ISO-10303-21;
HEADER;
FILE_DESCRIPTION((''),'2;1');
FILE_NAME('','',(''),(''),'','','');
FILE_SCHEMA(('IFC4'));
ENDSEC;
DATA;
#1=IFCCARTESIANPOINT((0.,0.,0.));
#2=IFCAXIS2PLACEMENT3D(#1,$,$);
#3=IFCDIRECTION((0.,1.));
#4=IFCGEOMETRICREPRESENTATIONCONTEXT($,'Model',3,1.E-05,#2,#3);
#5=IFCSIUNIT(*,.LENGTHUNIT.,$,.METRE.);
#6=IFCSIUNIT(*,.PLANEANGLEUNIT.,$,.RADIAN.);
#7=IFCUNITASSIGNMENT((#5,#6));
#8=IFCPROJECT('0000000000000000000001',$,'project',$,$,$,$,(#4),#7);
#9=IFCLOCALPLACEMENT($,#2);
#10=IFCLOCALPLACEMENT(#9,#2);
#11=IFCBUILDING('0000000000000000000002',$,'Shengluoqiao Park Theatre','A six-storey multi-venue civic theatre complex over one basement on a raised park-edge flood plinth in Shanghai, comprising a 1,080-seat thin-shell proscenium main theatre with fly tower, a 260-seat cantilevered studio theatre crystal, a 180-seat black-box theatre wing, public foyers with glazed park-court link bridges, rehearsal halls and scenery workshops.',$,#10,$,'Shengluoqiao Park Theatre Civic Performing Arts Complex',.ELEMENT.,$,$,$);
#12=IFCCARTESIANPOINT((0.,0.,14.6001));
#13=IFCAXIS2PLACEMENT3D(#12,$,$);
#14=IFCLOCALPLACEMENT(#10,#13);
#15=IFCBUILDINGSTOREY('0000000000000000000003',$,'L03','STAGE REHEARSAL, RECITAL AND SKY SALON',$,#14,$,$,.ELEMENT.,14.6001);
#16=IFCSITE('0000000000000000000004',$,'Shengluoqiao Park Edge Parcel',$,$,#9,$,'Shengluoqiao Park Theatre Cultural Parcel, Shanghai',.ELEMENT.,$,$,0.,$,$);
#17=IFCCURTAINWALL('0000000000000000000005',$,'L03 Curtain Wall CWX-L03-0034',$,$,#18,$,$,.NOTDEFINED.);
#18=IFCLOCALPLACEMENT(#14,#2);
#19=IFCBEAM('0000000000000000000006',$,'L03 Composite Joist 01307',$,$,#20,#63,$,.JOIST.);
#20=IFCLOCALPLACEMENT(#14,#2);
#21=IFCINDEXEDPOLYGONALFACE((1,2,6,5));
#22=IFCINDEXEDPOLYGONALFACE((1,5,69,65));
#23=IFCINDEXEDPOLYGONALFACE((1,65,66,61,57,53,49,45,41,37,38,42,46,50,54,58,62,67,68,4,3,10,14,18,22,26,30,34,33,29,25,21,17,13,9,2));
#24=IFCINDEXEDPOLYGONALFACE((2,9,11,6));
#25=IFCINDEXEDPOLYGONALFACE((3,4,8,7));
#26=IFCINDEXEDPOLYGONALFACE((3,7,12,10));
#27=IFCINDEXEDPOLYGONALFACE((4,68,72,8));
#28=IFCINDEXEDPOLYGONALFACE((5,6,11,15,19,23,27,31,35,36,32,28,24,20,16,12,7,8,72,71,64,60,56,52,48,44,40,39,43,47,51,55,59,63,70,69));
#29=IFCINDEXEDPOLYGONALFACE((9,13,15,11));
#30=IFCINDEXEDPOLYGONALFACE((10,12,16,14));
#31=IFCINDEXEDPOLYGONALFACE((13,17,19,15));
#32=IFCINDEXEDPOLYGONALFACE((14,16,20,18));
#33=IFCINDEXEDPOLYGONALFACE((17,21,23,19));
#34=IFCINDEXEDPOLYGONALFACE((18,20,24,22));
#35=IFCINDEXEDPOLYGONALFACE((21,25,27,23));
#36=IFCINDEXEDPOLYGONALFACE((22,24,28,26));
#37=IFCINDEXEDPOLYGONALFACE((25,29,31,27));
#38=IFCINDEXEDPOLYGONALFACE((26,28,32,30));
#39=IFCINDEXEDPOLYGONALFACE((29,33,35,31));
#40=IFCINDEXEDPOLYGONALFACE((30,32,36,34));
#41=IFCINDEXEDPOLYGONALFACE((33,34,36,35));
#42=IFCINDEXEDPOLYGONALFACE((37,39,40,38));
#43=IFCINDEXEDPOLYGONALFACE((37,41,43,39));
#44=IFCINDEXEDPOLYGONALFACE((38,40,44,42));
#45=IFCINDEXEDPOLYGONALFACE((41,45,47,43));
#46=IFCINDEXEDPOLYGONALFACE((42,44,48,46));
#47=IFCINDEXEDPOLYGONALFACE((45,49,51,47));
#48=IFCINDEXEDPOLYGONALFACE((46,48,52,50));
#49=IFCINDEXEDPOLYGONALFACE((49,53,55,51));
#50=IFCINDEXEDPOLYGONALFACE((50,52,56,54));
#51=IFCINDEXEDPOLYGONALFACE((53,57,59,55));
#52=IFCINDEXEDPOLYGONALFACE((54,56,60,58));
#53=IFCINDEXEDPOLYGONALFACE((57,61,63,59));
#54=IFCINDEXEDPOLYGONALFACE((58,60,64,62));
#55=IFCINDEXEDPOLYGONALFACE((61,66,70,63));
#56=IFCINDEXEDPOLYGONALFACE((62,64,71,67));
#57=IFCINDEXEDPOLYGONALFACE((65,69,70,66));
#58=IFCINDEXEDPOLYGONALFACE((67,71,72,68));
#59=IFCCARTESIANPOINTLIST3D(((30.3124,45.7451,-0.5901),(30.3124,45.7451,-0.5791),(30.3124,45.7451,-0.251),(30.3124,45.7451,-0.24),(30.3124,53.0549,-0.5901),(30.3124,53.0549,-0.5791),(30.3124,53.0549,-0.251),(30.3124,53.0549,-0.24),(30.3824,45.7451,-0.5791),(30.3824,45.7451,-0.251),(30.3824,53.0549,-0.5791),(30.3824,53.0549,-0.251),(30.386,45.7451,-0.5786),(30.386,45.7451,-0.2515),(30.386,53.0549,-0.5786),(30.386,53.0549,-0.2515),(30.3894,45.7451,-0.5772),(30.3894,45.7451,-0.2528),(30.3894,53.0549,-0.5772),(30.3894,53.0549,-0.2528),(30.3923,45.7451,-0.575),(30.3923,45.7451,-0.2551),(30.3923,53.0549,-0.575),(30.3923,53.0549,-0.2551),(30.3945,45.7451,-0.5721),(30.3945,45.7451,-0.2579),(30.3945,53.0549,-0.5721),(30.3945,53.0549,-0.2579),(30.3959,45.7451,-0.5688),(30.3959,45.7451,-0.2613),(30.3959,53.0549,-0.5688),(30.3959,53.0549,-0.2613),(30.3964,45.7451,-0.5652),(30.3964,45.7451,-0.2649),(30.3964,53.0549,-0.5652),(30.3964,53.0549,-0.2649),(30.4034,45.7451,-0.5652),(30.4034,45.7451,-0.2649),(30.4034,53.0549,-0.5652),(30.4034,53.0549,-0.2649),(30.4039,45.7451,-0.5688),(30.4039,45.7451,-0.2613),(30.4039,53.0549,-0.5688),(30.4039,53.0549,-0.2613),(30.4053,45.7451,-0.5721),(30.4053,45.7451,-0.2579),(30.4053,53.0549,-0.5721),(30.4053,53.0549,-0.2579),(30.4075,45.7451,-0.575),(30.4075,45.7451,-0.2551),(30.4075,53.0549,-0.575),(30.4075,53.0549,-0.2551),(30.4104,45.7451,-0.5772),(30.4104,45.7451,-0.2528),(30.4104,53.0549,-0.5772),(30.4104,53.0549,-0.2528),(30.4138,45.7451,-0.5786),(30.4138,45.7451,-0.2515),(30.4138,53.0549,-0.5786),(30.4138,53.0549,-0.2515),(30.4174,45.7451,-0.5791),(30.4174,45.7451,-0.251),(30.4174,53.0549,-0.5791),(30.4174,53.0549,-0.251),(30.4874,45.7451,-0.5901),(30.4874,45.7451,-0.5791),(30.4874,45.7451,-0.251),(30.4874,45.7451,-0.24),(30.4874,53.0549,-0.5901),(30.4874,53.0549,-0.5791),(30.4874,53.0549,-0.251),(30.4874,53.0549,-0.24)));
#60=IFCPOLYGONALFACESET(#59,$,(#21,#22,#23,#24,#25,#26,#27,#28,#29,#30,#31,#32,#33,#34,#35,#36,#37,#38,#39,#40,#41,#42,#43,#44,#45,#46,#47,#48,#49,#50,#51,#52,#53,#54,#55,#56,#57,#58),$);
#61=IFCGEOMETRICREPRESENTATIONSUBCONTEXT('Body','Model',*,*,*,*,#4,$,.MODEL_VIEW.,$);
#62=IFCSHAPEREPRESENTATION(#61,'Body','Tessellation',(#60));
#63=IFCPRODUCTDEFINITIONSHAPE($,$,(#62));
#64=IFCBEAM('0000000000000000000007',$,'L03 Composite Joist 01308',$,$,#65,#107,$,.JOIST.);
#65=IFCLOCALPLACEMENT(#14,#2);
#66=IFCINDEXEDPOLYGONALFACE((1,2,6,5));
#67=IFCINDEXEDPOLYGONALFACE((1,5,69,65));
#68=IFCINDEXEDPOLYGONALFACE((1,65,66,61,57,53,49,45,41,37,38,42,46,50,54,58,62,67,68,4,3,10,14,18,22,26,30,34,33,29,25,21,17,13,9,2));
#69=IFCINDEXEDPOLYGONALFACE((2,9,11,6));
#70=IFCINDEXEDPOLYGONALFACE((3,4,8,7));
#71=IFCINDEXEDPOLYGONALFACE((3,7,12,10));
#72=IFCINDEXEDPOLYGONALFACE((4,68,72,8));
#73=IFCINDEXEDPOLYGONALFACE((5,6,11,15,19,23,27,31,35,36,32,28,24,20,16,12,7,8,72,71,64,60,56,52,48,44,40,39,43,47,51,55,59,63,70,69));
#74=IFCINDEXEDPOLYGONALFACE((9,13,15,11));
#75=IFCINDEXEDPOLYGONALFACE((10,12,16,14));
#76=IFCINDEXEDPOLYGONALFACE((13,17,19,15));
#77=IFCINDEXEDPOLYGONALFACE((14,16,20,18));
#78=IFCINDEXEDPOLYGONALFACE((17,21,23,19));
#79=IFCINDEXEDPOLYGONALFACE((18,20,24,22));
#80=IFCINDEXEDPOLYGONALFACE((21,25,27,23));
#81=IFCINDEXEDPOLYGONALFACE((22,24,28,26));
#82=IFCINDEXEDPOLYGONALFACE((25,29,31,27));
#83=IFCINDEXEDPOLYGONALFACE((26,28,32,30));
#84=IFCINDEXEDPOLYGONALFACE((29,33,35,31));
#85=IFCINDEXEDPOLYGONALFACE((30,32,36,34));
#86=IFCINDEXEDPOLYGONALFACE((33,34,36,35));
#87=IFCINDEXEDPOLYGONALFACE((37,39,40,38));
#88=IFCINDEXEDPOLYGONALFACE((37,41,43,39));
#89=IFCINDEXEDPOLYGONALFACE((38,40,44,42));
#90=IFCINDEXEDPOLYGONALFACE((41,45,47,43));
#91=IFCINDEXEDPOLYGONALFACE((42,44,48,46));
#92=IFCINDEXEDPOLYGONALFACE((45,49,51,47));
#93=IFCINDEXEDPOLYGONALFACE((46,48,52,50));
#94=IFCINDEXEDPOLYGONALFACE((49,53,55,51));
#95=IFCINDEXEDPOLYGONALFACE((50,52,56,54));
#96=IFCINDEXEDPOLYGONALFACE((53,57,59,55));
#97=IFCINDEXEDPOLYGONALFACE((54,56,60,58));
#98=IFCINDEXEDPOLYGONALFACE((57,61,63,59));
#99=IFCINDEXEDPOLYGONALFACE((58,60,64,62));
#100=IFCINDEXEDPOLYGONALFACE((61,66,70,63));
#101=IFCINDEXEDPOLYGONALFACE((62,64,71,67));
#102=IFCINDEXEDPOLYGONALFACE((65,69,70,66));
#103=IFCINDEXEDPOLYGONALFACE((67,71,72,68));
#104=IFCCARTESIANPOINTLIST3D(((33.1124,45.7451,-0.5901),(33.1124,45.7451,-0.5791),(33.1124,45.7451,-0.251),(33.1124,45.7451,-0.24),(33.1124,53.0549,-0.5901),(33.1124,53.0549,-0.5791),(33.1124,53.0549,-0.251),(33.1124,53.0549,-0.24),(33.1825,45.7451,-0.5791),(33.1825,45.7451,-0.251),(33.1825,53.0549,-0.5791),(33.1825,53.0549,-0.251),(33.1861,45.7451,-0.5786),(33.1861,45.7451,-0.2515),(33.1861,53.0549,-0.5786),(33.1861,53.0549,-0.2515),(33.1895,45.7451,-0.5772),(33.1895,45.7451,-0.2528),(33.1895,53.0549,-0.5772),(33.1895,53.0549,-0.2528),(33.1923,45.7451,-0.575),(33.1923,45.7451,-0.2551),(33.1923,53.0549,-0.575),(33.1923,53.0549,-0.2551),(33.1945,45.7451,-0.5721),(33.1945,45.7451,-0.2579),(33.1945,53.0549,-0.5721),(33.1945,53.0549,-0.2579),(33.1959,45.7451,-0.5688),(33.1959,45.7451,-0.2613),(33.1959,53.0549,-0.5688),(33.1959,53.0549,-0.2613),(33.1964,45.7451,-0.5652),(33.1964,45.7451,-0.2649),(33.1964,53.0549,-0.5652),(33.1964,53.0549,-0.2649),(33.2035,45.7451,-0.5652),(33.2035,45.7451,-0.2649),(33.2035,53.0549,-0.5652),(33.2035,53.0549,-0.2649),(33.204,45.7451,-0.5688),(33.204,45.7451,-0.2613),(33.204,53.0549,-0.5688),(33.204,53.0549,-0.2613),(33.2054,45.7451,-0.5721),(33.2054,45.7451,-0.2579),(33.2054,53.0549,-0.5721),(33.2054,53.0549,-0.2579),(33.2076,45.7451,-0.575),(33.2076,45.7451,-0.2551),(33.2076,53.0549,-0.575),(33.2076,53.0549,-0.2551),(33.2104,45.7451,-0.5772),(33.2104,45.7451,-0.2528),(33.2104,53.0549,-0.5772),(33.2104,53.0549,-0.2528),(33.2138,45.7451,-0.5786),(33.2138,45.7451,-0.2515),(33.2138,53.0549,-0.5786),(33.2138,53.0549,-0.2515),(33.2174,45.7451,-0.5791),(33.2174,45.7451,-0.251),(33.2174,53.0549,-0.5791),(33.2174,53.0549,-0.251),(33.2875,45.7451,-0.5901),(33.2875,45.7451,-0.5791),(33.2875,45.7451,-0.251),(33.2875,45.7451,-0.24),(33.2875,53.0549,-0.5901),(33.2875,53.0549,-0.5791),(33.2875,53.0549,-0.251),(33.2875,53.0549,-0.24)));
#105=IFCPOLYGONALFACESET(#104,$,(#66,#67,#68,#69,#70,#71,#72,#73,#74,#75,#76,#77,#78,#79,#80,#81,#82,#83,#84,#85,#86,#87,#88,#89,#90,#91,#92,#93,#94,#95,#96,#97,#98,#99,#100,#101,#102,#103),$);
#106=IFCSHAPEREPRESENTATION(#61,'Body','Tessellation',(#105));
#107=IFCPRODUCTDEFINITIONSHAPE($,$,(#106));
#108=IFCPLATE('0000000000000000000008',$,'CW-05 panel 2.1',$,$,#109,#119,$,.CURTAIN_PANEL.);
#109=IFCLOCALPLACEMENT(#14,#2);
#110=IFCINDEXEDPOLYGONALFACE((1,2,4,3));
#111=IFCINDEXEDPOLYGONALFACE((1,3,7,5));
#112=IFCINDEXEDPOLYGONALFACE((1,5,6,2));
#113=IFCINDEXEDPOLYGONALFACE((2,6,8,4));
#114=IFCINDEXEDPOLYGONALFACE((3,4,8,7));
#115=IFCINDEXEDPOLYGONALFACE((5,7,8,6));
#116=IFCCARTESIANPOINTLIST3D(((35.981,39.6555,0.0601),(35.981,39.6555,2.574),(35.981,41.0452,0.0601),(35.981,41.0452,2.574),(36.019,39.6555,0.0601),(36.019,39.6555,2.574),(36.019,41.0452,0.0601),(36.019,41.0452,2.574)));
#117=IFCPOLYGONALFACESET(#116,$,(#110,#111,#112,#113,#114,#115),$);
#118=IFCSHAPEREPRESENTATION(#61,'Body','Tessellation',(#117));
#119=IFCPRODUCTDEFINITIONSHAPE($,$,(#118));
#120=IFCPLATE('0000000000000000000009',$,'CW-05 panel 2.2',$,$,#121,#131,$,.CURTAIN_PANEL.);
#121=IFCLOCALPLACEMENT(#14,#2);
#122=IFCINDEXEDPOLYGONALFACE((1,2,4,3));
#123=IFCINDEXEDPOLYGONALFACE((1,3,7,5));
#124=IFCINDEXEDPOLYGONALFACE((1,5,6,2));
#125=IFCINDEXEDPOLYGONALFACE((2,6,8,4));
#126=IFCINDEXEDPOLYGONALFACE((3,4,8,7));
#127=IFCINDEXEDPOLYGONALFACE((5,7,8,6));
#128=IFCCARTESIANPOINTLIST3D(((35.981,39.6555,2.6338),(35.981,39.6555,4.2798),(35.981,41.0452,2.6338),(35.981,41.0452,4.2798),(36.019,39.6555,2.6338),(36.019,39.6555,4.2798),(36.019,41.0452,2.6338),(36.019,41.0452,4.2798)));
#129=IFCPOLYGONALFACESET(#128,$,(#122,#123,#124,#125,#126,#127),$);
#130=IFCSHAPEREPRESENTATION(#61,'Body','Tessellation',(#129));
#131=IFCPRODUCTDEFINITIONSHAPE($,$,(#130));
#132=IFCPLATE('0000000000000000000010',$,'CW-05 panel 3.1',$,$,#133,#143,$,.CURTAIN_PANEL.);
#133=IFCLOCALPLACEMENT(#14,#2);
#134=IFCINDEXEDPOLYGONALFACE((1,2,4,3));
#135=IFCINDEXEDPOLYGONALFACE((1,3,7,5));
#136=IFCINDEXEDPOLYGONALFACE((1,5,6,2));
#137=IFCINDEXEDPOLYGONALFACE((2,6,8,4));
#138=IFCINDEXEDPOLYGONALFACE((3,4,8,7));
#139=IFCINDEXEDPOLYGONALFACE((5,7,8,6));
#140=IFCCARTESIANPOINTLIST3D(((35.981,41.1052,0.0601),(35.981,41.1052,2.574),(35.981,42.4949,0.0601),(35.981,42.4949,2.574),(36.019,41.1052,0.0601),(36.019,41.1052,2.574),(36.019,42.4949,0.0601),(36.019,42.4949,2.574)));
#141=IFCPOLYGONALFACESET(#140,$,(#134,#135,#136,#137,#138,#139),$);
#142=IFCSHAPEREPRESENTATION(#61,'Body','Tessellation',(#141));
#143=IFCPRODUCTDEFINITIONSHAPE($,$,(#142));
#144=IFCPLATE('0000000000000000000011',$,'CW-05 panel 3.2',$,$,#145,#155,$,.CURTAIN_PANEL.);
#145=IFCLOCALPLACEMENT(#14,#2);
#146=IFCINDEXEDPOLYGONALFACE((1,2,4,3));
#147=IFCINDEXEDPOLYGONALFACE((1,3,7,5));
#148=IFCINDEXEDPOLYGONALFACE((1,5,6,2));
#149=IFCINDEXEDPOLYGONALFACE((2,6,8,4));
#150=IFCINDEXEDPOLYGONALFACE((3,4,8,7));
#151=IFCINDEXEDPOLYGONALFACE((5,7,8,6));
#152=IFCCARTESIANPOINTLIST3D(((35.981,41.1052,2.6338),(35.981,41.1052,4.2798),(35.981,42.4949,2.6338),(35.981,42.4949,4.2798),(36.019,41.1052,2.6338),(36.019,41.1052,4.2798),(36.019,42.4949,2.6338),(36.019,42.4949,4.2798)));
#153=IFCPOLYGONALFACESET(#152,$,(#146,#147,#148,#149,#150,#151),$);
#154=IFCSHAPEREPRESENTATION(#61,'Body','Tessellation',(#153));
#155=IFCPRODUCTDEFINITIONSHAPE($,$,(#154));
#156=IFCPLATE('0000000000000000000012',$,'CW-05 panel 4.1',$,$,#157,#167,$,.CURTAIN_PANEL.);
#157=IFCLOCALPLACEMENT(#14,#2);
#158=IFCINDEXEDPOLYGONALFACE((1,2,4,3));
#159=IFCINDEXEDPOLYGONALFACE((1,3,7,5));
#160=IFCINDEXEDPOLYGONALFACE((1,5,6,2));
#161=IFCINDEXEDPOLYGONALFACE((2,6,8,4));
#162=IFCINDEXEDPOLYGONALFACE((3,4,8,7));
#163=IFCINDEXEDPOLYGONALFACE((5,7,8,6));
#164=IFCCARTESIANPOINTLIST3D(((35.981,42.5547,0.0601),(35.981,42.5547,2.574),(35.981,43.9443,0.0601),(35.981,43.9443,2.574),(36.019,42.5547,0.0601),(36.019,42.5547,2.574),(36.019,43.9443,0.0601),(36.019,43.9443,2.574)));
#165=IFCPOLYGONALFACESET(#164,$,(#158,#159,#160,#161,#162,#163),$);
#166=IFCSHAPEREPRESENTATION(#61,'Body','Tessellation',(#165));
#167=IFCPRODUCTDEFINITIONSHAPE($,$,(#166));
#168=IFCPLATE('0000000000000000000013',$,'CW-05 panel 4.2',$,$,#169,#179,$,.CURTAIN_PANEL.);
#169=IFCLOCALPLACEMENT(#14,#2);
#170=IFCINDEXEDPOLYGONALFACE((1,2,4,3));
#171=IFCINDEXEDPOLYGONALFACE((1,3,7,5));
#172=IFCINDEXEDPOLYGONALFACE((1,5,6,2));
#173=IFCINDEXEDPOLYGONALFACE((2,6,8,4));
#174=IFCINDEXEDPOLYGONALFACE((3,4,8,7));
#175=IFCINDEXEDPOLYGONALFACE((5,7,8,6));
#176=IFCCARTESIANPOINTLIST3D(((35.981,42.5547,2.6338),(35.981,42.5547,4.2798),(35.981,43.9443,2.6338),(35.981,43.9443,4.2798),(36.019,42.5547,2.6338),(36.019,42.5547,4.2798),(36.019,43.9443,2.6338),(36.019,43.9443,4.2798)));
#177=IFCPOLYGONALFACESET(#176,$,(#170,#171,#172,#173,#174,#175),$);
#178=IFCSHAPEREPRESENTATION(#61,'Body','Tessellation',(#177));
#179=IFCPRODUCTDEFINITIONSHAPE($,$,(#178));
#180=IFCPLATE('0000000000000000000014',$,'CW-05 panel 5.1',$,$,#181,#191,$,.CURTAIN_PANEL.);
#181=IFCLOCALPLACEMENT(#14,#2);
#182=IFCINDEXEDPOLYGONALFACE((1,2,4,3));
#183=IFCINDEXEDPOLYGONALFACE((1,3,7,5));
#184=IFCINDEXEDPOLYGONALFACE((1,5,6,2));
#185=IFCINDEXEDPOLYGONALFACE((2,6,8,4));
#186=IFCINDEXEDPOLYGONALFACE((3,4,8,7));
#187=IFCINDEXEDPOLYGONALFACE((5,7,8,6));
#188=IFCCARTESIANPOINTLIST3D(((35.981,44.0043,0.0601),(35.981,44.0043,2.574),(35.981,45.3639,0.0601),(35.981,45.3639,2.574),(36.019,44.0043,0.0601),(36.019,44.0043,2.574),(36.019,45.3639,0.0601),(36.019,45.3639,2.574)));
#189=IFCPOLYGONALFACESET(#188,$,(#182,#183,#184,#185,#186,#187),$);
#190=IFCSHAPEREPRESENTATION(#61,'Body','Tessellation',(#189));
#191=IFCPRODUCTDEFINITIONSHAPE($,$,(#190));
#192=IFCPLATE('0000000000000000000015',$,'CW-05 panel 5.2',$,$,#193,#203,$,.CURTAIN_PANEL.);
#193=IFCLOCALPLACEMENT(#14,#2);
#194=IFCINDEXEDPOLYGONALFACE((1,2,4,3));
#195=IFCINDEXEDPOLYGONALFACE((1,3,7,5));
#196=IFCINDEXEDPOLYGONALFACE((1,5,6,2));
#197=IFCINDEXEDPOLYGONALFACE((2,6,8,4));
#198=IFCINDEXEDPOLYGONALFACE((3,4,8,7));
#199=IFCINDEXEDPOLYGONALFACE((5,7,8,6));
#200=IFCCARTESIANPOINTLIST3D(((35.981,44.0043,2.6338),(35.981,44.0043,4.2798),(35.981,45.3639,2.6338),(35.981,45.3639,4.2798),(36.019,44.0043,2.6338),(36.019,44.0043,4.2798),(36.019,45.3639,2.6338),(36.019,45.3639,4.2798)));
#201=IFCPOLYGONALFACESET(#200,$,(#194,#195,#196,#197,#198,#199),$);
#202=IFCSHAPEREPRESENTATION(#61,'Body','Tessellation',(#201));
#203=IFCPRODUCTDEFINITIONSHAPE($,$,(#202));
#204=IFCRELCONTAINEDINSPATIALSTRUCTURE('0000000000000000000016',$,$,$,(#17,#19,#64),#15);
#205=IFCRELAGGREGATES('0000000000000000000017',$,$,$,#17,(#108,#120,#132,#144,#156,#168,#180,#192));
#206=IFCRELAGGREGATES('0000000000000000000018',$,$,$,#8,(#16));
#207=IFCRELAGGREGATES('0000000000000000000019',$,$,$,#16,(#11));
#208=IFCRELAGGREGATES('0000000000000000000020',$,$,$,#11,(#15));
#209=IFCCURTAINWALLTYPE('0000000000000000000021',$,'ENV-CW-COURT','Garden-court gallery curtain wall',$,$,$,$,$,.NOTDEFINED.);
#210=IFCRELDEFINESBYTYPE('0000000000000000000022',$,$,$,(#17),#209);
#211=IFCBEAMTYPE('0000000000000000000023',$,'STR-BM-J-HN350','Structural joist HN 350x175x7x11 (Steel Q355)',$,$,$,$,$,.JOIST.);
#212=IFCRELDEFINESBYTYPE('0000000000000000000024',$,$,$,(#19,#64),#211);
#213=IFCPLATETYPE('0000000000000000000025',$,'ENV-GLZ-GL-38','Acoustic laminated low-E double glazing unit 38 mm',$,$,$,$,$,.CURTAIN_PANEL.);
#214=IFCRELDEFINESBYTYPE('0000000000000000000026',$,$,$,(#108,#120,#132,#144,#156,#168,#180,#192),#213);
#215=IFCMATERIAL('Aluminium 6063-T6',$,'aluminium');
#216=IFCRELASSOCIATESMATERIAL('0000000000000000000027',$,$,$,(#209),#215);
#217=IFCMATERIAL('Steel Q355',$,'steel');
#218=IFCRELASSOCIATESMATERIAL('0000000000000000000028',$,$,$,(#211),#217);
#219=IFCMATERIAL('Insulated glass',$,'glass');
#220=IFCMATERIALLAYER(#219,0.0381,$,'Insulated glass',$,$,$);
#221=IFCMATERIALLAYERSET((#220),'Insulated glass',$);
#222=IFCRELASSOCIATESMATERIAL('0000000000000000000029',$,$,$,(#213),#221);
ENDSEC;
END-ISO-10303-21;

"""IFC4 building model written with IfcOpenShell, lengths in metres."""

from ifc_helpers import new_model, si_unit, direction, frame, origin, origin_2d, place, context, subcontext, project, spatial, rectangle, i_section, extrude, material, layer, layer_set, material_profile, profile_set, type_object, element, aggregate, save


model = new_model("IFC4")

# Units and contexts
model_context = context("Model", 3, precision=1e-05, world=origin(), true_north=direction((0.0, 1.0)))
body_context = subcontext(model_context, "Body", "Model", "MODEL_VIEW")
ifc_project = project(units=[si_unit("LENGTHUNIT", "METRE"), si_unit("PLANEANGLEUNIT", "RADIAN")], contexts=[model_context])

# Site, building, storey
site_placement = place(None, origin())
site = spatial("IfcSite", under=ifc_project, at=site_placement, Name="Shengluoqiao Park Edge Parcel", LongName="Shengluoqiao Park Theatre Cultural Parcel, Shanghai", CompositionType="ELEMENT", RefElevation=0.0)
building_placement = place(site_placement, origin())
building = spatial("IfcBuilding", under=site, at=building_placement, Name="Shengluoqiao Park Theatre", Description="A six-storey multi-venue civic theatre complex over one basement on a raised park-edge flood plinth in Shanghai, comprising a 1,080-seat thin-shell proscenium main theatre with fly tower, a 260-seat cantilevered studio theatre crystal, a 180-seat black-box theatre wing, public foyers with glazed park-court link bridges, rehearsal halls and scenery workshops.", LongName="Shengluoqiao Park Theatre Civic Performing Arts Complex", CompositionType="ELEMENT")
storey_placement = place(building_placement, frame((0.0, 0.0, 14.6001)))
storey = spatial("IfcBuildingStorey", under=building, at=storey_placement, Name="L03", Description="STAGE REHEARSAL, RECITAL AND SKY SALON", CompositionType="ELEMENT", Elevation=14.6001)

# Shared definitions
ifc_material_1 = material(Name="Steel Q355", Category="steel")

# Curtain wall
ifc_material_2 = material(Name="Aluminium 6063-T6", Category="aluminium")
curtain_wall_type = type_object("IfcCurtainWallType", Name="ENV-CW-COURT", Description="Garden-court gallery curtain wall", PredefinedType="NOTDEFINED", material=ifc_material_2)
curtain_wall_placement = place(storey_placement, origin())
curtain_wall = element("IfcCurtainWall", 1, at=curtain_wall_placement, inside=storey, type_object=curtain_wall_type, Name="L03 Curtain Wall CWX-L03-0034", PredefinedType="NOTDEFINED")

# Beams
ifc_material_profile_1 = material_profile(ifc_material_1, i_section(OverallWidth=0.175, OverallDepth=0.3501, WebThickness=0.0071, FlangeThickness=0.011, FilletRadius=0.0139, at=origin_2d()), Name="HN 350x175x7x11")
ifc_profile_set_1 = profile_set([ifc_material_profile_1], Name="Steel Q355")
beam_type_1 = type_object("IfcBeamType", Name="STR-BM-J-HN350", Description="Structural joist HN 350x175x7x11 (Steel Q355)", PredefinedType="JOIST", material=ifc_profile_set_1)
for number, where, z_axis, x_axis, name in (
    (2, (30.3999, 45.7451, -0.415), (0.0, 1.0, 0.0), (-1.0, 0.0, 0.0), "L03 Composite Joist 01307"),
    (3, (33.2, 45.7451, -0.415), (0.0, 1.0, 0.0), (-1.0, 0.0, 0.0), "L03 Composite Joist 01308"),
):
    element("IfcBeam", number, at=place(storey_placement, frame(where, z_axis=z_axis, x_axis=x_axis)), inside=storey, type_object=beam_type_1, Name=name, PredefinedType="JOIST", context=body_context, shape_type="SweptSolid", body=[
        extrude(i_section(OverallWidth=0.175, OverallDepth=0.3501, WebThickness=0.0071, FlangeThickness=0.011, FilletRadius=0.0139, at=origin_2d()), origin(), (0.0, 0.0, 1.0), 7.3098),
    ])

# Plates
ifc_material_3 = material(Name="Insulated glass", Category="glass")
ifc_layer = layer(ifc_material_3, 0.0381, Name="Insulated glass")
ifc_layer_set = layer_set([ifc_layer], Name="Insulated glass")
plate_type = type_object("IfcPlateType", Name="ENV-GLZ-GL-38", Description="Acoustic laminated low-E double glazing unit 38 mm", PredefinedType="CURTAIN_PANEL", material=ifc_layer_set)
plate_1_placement = place(storey_placement, frame((36.0, 40.3503, 0.0601), z_axis=(0.0, 0.0, 1.0), x_axis=(0.0, 1.0, 0.0)))
plate_1 = element("IfcPlate", 4, at=plate_1_placement, type_object=plate_type, Name="CW-05 panel 2.1", PredefinedType="CURTAIN_PANEL", context=body_context, shape_type="SweptSolid", body=[
    extrude(rectangle(XDim=1.3896, YDim=0.0381, at=origin_2d()), origin(), (0.0, 0.0, 1.0), 2.5139),
])
plate_2_placement = place(storey_placement, frame((36.0, 40.3503, 2.6338), z_axis=(0.0, 0.0, 1.0), x_axis=(0.0, 1.0, 0.0)))
plate_2 = element("IfcPlate", 5, at=plate_2_placement, type_object=plate_type, Name="CW-05 panel 2.2", PredefinedType="CURTAIN_PANEL", context=body_context, shape_type="SweptSolid", body=[
    extrude(rectangle(XDim=1.3896, YDim=0.0381, at=origin_2d()), origin(), (0.0, 0.0, 1.0), 1.646),
])
plate_3_placement = place(storey_placement, frame((36.0, 41.8, 0.0601), z_axis=(0.0, 0.0, 1.0), x_axis=(0.0, 1.0, 0.0)))
plate_3 = element("IfcPlate", 6, at=plate_3_placement, type_object=plate_type, Name="CW-05 panel 3.1", PredefinedType="CURTAIN_PANEL", context=body_context, shape_type="SweptSolid", body=[
    extrude(rectangle(XDim=1.3896, YDim=0.0381, at=origin_2d()), origin(), (0.0, 0.0, 1.0), 2.5139),
])
plate_4_placement = place(storey_placement, frame((36.0, 41.8, 2.6338), z_axis=(0.0, 0.0, 1.0), x_axis=(0.0, 1.0, 0.0)))
plate_4 = element("IfcPlate", 7, at=plate_4_placement, type_object=plate_type, Name="CW-05 panel 3.2", PredefinedType="CURTAIN_PANEL", context=body_context, shape_type="SweptSolid", body=[
    extrude(rectangle(XDim=1.3896, YDim=0.0381, at=origin_2d()), origin(), (0.0, 0.0, 1.0), 1.646),
])
plate_5_placement = place(storey_placement, frame((36.0, 43.2495, 0.0601), z_axis=(0.0, 0.0, 1.0), x_axis=(0.0, 1.0, 0.0)))
plate_5 = element("IfcPlate", 8, at=plate_5_placement, type_object=plate_type, Name="CW-05 panel 4.1", PredefinedType="CURTAIN_PANEL", context=body_context, shape_type="SweptSolid", body=[
    extrude(rectangle(XDim=1.3896, YDim=0.0381, at=origin_2d()), origin(), (0.0, 0.0, 1.0), 2.5139),
])
plate_6_placement = place(storey_placement, frame((36.0, 43.2495, 2.6338), z_axis=(0.0, 0.0, 1.0), x_axis=(0.0, 1.0, 0.0)))
plate_6 = element("IfcPlate", 9, at=plate_6_placement, type_object=plate_type, Name="CW-05 panel 4.2", PredefinedType="CURTAIN_PANEL", context=body_context, shape_type="SweptSolid", body=[
    extrude(rectangle(XDim=1.3896, YDim=0.0381, at=origin_2d()), origin(), (0.0, 0.0, 1.0), 1.646),
])
plate_7_placement = place(storey_placement, frame((36.0, 44.6841, 0.0601), z_axis=(0.0, 0.0, 1.0), x_axis=(0.0, 1.0, 0.0)))
plate_7 = element("IfcPlate", 10, at=plate_7_placement, type_object=plate_type, Name="CW-05 panel 5.1", PredefinedType="CURTAIN_PANEL", context=body_context, shape_type="SweptSolid", body=[
    extrude(rectangle(XDim=1.3596, YDim=0.0381, at=origin_2d()), origin(), (0.0, 0.0, 1.0), 2.5139),
])
plate_8_placement = place(storey_placement, frame((36.0, 44.6841, 2.6338), z_axis=(0.0, 0.0, 1.0), x_axis=(0.0, 1.0, 0.0)))
plate_8 = element("IfcPlate", 11, at=plate_8_placement, type_object=plate_type, Name="CW-05 panel 5.2", PredefinedType="CURTAIN_PANEL", context=body_context, shape_type="SweptSolid", body=[
    extrude(rectangle(XDim=1.3596, YDim=0.0381, at=origin_2d()), origin(), (0.0, 0.0, 1.0), 1.646),
])
aggregate(curtain_wall, [plate_1, plate_2, plate_3, plate_4, plate_5, plate_6, plate_7, plate_8])

save(model, "model.ifc")
